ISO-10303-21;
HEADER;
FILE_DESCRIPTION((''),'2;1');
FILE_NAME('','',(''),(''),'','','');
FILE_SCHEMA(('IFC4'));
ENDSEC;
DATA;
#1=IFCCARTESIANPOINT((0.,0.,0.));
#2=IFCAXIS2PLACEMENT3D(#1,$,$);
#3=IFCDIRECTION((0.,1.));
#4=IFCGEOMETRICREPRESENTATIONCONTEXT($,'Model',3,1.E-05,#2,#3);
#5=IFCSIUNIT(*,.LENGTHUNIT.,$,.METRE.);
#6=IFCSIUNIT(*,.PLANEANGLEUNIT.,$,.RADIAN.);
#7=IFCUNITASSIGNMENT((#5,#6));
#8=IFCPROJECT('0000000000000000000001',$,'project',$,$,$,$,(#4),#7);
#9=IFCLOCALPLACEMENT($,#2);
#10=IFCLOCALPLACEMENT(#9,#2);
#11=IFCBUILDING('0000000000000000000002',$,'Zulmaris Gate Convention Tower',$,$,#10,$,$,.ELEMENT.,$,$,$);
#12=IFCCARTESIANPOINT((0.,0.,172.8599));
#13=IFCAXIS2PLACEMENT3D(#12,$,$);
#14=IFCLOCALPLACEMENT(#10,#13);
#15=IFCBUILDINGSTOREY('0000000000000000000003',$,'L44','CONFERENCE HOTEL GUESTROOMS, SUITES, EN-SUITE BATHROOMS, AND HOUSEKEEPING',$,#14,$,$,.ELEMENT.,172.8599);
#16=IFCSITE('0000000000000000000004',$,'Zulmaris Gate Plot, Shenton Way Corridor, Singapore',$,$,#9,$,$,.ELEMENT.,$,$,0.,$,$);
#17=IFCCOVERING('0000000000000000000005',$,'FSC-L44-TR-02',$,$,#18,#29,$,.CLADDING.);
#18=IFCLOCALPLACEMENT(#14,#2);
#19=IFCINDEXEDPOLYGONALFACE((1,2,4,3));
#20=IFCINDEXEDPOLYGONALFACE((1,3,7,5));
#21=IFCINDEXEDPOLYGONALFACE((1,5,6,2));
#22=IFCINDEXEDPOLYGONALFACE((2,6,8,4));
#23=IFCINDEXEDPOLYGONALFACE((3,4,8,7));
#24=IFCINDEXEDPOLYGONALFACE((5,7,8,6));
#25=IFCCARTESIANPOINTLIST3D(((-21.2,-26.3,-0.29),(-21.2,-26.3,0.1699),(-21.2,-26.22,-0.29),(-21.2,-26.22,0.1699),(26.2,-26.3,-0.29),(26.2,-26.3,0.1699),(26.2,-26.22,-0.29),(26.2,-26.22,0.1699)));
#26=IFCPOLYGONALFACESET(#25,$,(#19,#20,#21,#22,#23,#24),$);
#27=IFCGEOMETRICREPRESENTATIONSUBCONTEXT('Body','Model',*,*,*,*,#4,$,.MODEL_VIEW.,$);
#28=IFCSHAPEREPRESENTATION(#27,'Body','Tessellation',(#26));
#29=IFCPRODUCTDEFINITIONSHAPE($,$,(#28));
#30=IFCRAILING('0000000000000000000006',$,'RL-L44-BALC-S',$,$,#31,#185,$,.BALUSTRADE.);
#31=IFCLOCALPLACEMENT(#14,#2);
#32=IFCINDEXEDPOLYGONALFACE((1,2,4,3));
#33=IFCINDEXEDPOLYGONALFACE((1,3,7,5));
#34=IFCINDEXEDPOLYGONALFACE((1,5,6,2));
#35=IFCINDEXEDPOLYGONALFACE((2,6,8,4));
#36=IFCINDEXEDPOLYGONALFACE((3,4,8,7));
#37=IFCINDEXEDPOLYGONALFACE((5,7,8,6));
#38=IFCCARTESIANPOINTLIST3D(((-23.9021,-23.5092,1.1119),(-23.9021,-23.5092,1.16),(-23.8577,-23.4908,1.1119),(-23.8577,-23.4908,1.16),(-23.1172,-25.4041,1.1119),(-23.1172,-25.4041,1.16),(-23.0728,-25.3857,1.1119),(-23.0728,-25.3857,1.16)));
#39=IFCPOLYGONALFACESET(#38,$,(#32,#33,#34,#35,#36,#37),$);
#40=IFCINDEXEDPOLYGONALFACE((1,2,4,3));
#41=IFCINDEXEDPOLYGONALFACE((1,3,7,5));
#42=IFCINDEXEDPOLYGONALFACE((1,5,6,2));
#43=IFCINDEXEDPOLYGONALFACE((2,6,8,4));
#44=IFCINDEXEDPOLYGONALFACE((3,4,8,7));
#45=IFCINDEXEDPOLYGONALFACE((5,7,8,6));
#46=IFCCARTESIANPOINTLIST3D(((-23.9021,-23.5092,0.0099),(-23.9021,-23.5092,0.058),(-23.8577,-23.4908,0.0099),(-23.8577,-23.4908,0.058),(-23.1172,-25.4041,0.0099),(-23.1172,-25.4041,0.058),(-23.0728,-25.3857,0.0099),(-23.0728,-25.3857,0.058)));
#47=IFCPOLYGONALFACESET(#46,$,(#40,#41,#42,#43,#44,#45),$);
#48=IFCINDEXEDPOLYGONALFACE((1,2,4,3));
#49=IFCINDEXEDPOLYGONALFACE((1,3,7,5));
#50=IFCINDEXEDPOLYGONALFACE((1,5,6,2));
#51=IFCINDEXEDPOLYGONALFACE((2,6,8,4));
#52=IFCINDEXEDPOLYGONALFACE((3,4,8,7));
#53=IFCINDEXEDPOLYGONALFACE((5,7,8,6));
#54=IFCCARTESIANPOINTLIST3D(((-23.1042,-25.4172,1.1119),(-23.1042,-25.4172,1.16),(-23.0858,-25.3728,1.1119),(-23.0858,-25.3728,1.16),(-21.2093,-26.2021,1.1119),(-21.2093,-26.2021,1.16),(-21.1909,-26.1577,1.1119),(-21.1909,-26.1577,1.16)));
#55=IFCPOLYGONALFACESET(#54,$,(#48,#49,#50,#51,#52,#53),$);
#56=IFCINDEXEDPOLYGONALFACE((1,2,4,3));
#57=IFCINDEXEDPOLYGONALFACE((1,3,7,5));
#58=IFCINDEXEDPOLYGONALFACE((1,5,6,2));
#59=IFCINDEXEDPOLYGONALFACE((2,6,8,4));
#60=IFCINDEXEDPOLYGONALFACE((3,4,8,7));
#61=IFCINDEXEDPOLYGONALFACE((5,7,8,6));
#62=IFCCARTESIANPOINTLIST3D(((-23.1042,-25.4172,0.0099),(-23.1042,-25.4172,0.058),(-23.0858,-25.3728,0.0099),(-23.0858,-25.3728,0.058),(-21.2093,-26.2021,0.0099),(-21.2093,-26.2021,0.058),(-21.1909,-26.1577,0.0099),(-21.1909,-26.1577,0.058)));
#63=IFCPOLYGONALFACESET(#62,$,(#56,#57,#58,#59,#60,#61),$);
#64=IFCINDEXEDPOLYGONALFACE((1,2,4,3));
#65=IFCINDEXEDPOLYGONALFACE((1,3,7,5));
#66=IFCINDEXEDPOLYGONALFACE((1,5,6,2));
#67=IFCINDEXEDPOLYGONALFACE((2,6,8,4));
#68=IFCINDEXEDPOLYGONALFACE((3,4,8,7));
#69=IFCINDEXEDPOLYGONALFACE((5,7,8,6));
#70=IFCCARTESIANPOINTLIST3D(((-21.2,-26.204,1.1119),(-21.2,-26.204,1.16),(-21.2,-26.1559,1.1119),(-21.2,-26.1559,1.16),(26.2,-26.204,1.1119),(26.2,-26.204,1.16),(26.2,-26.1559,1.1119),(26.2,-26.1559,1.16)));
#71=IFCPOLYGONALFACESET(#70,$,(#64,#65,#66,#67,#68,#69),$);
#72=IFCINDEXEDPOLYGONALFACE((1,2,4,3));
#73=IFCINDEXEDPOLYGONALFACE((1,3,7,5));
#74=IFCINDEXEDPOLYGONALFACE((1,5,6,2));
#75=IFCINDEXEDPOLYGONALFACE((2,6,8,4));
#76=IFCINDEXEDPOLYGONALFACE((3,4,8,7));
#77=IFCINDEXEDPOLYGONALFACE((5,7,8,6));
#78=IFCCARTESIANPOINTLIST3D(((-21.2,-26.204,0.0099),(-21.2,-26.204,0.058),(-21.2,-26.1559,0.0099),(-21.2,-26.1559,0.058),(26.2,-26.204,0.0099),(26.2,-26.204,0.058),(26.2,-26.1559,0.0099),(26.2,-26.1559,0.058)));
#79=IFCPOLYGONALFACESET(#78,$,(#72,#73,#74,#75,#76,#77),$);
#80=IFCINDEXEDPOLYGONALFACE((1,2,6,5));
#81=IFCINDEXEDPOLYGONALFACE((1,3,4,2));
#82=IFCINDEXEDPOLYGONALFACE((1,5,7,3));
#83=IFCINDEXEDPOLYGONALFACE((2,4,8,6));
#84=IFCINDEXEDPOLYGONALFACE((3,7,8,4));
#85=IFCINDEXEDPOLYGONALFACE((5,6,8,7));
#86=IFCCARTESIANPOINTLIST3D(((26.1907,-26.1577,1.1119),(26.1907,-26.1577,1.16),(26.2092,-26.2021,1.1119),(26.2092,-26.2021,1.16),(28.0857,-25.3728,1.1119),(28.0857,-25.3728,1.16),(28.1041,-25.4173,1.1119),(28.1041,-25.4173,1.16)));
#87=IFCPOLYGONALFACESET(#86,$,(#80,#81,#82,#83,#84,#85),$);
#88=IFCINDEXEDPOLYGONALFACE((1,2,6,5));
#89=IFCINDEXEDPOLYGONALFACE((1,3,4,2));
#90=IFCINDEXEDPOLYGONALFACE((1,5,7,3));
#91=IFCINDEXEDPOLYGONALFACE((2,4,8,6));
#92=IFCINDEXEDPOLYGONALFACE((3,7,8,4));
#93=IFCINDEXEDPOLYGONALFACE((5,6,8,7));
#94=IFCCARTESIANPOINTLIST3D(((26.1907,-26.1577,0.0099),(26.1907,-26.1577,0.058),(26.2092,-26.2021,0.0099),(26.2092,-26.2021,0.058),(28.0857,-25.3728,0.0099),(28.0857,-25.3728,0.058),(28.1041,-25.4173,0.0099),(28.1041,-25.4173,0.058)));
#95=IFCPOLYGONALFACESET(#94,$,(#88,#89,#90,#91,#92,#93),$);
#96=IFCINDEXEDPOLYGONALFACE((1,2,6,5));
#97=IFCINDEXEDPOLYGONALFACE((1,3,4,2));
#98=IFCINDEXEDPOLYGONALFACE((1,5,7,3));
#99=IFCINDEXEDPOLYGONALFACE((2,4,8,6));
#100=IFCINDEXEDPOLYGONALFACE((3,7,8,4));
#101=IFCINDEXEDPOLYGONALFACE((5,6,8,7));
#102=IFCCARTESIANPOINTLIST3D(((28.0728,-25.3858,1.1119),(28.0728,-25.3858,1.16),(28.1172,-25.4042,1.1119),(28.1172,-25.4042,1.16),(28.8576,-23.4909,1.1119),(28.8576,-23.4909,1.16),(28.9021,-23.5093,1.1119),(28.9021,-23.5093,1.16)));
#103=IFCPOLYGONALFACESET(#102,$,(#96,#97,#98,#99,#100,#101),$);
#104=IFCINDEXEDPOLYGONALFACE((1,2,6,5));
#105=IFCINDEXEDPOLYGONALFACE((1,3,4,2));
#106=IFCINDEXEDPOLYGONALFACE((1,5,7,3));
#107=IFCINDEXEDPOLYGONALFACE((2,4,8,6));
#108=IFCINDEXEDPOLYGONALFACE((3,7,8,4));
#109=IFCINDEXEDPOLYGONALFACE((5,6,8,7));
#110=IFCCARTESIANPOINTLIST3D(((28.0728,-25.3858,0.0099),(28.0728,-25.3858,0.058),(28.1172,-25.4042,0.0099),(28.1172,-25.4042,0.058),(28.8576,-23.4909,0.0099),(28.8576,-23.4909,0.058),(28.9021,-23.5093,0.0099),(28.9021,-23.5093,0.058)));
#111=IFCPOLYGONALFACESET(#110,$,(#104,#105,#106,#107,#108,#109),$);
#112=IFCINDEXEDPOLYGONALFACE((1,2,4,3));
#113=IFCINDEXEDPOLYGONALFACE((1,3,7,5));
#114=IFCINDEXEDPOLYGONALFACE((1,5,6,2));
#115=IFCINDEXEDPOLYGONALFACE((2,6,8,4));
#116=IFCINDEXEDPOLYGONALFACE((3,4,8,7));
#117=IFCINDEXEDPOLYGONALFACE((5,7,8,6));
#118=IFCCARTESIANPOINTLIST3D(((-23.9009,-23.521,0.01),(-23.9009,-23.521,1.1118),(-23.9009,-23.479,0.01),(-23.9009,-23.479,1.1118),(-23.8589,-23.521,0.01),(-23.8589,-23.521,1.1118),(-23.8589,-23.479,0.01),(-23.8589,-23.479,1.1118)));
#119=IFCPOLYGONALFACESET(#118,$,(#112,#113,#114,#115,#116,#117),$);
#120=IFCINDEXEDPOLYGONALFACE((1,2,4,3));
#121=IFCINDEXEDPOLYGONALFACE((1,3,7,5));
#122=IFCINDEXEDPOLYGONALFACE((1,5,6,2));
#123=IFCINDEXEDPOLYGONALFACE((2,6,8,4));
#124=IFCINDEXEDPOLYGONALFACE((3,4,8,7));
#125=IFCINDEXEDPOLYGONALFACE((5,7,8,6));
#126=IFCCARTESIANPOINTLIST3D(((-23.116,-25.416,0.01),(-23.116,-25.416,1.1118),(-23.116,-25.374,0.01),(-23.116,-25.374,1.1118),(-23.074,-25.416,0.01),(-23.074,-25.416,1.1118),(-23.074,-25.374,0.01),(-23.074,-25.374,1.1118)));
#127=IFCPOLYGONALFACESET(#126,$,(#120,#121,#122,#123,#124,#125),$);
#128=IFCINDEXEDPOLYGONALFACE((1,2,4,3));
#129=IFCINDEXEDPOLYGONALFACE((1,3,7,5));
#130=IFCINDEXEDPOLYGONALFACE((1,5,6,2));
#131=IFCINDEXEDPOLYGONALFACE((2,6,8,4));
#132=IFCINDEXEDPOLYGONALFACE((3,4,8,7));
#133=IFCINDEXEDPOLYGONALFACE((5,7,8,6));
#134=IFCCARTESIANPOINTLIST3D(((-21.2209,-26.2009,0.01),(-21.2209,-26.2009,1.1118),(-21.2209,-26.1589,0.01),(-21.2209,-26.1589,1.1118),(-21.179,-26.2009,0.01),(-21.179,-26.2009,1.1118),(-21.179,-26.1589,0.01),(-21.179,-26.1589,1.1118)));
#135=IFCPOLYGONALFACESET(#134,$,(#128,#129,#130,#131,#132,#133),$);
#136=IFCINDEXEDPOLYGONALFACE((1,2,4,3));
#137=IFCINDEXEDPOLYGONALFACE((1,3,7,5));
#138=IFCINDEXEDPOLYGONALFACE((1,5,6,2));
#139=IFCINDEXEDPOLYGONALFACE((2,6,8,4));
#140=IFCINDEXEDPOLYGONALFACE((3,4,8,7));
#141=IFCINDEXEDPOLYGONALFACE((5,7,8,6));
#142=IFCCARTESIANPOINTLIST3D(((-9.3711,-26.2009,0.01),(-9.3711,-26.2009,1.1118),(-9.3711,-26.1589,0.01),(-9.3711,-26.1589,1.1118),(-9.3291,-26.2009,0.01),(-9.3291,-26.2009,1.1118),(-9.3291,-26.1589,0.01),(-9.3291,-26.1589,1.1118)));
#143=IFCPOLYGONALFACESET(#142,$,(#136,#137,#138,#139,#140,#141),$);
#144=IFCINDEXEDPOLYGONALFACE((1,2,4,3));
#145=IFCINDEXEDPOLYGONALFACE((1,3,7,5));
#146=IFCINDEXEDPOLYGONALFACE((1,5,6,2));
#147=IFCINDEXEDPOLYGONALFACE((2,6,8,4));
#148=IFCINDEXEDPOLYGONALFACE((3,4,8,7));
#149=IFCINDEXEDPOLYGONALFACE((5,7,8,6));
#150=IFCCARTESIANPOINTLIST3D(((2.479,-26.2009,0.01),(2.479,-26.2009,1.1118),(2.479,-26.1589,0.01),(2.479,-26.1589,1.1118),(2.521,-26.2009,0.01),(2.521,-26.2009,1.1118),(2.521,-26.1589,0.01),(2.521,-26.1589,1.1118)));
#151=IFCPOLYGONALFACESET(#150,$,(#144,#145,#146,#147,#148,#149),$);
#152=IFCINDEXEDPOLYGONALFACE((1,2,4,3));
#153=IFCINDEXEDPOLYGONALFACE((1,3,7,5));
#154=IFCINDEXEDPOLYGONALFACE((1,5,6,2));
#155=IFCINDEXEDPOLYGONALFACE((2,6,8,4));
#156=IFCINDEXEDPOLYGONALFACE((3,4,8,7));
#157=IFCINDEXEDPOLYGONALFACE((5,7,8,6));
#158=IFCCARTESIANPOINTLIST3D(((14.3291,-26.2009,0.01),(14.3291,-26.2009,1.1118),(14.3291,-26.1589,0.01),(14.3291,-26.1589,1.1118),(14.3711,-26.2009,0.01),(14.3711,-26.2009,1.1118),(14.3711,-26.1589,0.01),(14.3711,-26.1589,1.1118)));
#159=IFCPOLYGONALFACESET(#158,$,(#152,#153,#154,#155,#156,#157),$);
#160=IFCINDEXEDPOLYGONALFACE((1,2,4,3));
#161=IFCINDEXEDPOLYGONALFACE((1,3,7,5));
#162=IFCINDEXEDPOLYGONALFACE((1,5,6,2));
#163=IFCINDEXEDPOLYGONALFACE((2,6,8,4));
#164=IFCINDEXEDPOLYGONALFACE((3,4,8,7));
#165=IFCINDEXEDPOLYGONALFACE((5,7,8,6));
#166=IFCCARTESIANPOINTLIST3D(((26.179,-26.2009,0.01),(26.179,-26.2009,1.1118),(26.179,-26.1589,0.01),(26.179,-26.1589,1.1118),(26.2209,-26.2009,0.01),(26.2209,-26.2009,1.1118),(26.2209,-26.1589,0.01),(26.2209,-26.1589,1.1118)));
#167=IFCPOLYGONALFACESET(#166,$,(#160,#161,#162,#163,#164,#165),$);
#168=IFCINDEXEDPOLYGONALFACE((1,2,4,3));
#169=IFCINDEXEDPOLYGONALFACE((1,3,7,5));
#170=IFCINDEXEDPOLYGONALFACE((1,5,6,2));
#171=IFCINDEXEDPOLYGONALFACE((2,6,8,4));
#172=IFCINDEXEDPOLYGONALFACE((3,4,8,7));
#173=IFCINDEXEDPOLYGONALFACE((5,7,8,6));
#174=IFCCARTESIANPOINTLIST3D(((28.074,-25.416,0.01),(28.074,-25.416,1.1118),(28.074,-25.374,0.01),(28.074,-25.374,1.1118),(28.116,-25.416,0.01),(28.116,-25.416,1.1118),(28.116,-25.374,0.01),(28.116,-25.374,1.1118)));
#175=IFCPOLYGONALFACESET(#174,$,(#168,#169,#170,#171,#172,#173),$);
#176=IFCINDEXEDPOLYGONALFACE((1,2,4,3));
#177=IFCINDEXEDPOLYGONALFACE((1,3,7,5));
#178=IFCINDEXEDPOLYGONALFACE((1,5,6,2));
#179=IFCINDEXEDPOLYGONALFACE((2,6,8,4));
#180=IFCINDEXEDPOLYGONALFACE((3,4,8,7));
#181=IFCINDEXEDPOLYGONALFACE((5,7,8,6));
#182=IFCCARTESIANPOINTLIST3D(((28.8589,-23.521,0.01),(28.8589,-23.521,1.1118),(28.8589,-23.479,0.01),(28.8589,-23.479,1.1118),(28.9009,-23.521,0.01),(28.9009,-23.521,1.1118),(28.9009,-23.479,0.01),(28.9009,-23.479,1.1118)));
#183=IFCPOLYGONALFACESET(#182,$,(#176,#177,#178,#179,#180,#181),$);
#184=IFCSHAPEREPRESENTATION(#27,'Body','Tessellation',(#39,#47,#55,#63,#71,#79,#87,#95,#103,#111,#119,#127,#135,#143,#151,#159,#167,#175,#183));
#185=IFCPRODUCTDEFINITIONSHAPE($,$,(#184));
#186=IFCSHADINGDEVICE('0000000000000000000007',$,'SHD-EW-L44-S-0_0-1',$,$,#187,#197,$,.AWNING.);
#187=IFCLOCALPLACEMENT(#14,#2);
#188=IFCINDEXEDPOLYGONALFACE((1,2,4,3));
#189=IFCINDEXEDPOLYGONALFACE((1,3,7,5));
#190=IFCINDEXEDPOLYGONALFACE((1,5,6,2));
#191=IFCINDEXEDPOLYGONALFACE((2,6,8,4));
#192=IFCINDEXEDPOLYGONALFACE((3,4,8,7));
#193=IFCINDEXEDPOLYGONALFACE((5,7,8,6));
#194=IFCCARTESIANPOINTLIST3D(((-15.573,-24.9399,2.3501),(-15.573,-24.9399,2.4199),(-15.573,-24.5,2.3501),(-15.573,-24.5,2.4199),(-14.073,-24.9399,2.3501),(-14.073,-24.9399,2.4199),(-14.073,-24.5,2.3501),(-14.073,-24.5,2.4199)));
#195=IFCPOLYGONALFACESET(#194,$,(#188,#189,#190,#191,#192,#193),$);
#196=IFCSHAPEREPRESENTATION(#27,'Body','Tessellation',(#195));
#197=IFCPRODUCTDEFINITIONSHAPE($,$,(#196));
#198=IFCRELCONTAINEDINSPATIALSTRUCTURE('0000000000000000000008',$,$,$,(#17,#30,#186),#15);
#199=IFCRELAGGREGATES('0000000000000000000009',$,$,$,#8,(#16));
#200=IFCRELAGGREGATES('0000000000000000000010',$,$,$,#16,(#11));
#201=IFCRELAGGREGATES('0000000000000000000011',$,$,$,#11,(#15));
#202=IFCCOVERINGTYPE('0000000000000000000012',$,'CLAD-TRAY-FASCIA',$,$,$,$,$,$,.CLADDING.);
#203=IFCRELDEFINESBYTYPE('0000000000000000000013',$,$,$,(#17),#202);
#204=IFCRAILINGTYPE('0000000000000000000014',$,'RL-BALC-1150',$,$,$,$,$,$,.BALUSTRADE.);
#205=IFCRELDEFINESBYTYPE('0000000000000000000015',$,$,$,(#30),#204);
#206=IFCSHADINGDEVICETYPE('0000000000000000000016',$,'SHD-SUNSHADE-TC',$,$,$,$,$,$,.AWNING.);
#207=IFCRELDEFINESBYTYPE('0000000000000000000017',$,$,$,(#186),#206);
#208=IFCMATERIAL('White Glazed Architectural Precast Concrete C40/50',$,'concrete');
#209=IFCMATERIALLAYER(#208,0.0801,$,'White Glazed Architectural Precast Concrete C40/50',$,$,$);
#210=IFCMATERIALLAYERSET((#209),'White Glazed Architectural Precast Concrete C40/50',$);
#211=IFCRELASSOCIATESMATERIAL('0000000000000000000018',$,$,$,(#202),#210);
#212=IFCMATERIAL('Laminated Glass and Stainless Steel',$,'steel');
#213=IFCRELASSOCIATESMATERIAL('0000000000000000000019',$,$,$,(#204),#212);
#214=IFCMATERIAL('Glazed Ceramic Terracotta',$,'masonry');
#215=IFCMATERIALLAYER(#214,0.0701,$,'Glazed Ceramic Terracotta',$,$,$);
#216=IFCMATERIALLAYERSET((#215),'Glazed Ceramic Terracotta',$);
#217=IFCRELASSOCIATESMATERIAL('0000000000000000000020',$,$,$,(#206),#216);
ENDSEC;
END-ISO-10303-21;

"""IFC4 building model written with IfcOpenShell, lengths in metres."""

from ifc_helpers import new_model, si_unit, direction, frame, frame_2d, origin, origin_2d, place, context, subcontext, project, spatial, rectangle, extrude, material, layer, layer_set, type_object, element, save


model = new_model("IFC4")

# Units and contexts
model_context = context("Model", 3, precision=1e-05, world=origin(), true_north=direction((0.0, 1.0)))
body_context = subcontext(model_context, "Body", "Model", "MODEL_VIEW")
ifc_project = project(units=[si_unit("LENGTHUNIT", "METRE"), si_unit("PLANEANGLEUNIT", "RADIAN")], contexts=[model_context])

# Site, building, storey
site_placement = place(None, origin())
site = spatial("IfcSite", under=ifc_project, at=site_placement, Name="Zulmaris Gate Plot, Shenton Way Corridor, Singapore", CompositionType="ELEMENT", RefElevation=0.0)
building_placement = place(site_placement, origin())
building = spatial("IfcBuilding", under=site, at=building_placement, Name="Zulmaris Gate Convention Tower", CompositionType="ELEMENT")
storey_placement = place(building_placement, frame((0.0, 0.0, 172.8599)))
storey = spatial("IfcBuildingStorey", under=building, at=storey_placement, Name="L44", Description="CONFERENCE HOTEL GUESTROOMS, SUITES, EN-SUITE BATHROOMS, AND HOUSEKEEPING", CompositionType="ELEMENT", Elevation=172.8599)

# Covering
ifc_material_1 = material(Name="White Glazed Architectural Precast Concrete C40/50", Category="concrete")
ifc_layer_1 = layer(ifc_material_1, 0.0801, Name="White Glazed Architectural Precast Concrete C40/50")
ifc_layer_set_1 = layer_set([ifc_layer_1], Name="White Glazed Architectural Precast Concrete C40/50")
covering_type_1 = type_object("IfcCoveringType", Name="CLAD-TRAY-FASCIA", PredefinedType="CLADDING", material=ifc_layer_set_1)
covering_1_placement = place(storey_placement, frame((-21.2, -26.26, -0.29), z_axis=(0.0, 0.0, 1.0), x_axis=(1.0, 0.0, 0.0)))
element("IfcCovering", 1, at=covering_1_placement, inside=storey, type_object=covering_type_1, Name="FSC-L44-TR-02", PredefinedType="CLADDING", context=body_context, shape_type="SweptSolid", body=[
    extrude(rectangle(XDim=47.3999, YDim=0.0801, at=frame_2d((23.7, 0.0))), origin(), (0.0, 0.0, 1.0), 0.46),
])

# Railing
ifc_material_2 = material(Name="Laminated Glass and Stainless Steel", Category="steel")
railing_type = type_object("IfcRailingType", Name="RL-BALC-1150", PredefinedType="BALUSTRADE", material=ifc_material_2)
railing_placement = place(storey_placement, frame((-23.8799, -23.5, 0.01)))
element("IfcRailing", 2, at=railing_placement, inside=storey, type_object=railing_type, Name="RL-L44-BALC-S", PredefinedType="BALUSTRADE", context=body_context, shape_type="SweptSolid", body=[
    extrude(rectangle(XDim=0.0481, YDim=0.0481, at=origin_2d()), frame((0.0, 0.0, 1.126), z_axis=(0.382671, -0.923885, 0.0), x_axis=(0.923885, 0.382671, 0.0)), (0.0, 0.0, 1.0), 2.051),
    extrude(rectangle(XDim=0.0481, YDim=0.0481, at=origin_2d()), frame((0.0, 0.0, 0.0239), z_axis=(0.382671, -0.923885, 0.0), x_axis=(0.923885, 0.382671, 0.0)), (0.0, 0.0, 1.0), 2.051),
    extrude(rectangle(XDim=0.0481, YDim=0.0481, at=origin_2d()), frame((0.7849, -1.895, 1.126), z_axis=(0.923885, -0.382671, 0.0), x_axis=(0.382671, 0.923885, 0.0)), (0.0, 0.0, 1.0), 2.051),
    extrude(rectangle(XDim=0.0481, YDim=0.0481, at=origin_2d()), frame((0.7849, -1.895, 0.0239), z_axis=(0.923885, -0.382671, 0.0), x_axis=(0.382671, 0.923885, 0.0)), (0.0, 0.0, 1.0), 2.051),
    extrude(rectangle(XDim=0.0481, YDim=0.0481, at=origin_2d()), frame((2.6799, -2.6799, 1.126), z_axis=(1.0, 0.0, 0.0), x_axis=(0.0, 1.0, 0.0)), (0.0, 0.0, 1.0), 47.3999),
    extrude(rectangle(XDim=0.0481, YDim=0.0481, at=origin_2d()), frame((2.6799, -2.6799, 0.0239), z_axis=(1.0, 0.0, 0.0), x_axis=(0.0, 1.0, 0.0)), (0.0, 0.0, 1.0), 47.3999),
    extrude(rectangle(XDim=0.0481, YDim=0.0481, at=origin_2d()), frame((50.0798, -2.6799, 1.126), z_axis=(0.923885, 0.382671, 0.0), x_axis=(-0.382671, 0.923885, 0.0)), (0.0, 0.0, 1.0), 2.051),
    extrude(rectangle(XDim=0.0481, YDim=0.0481, at=origin_2d()), frame((50.0798, -2.6799, 0.0239), z_axis=(0.923885, 0.382671, 0.0), x_axis=(-0.382671, 0.923885, 0.0)), (0.0, 0.0, 1.0), 2.051),
    extrude(rectangle(XDim=0.0481, YDim=0.0481, at=origin_2d()), frame((51.9749, -1.895, 1.126), z_axis=(0.382671, 0.923885, 0.0), x_axis=(-0.923885, 0.382671, 0.0)), (0.0, 0.0, 1.0), 2.051),
    extrude(rectangle(XDim=0.0481, YDim=0.0481, at=origin_2d()), frame((51.9749, -1.895, 0.0239), z_axis=(0.382671, 0.923885, 0.0), x_axis=(-0.923885, 0.382671, 0.0)), (0.0, 0.0, 1.0), 2.051),
    extrude(rectangle(XDim=0.042, YDim=0.042, at=origin_2d()), origin(), (0.0, 0.0, 1.0), 1.1018),
    extrude(rectangle(XDim=0.042, YDim=0.042, at=origin_2d()), frame((0.7849, -1.895, 0.0)), (0.0, 0.0, 1.0), 1.1018),
    extrude(rectangle(XDim=0.042, YDim=0.042, at=origin_2d()), frame((2.6799, -2.6799, 0.0)), (0.0, 0.0, 1.0), 1.1018),
    extrude(rectangle(XDim=0.042, YDim=0.042, at=origin_2d()), frame((14.5298, -2.6799, 0.0)), (0.0, 0.0, 1.0), 1.1018),
    extrude(rectangle(XDim=0.042, YDim=0.042, at=origin_2d()), frame((26.3799, -2.6799, 0.0)), (0.0, 0.0, 1.0), 1.1018),
    extrude(rectangle(XDim=0.042, YDim=0.042, at=origin_2d()), frame((38.23, -2.6799, 0.0)), (0.0, 0.0, 1.0), 1.1018),
    extrude(rectangle(XDim=0.042, YDim=0.042, at=origin_2d()), frame((50.0798, -2.6799, 0.0)), (0.0, 0.0, 1.0), 1.1018),
    extrude(rectangle(XDim=0.042, YDim=0.042, at=origin_2d()), frame((51.9749, -1.895, 0.0)), (0.0, 0.0, 1.0), 1.1018),
    extrude(rectangle(XDim=0.042, YDim=0.042, at=origin_2d()), frame((52.7598, 0.0, 0.0)), (0.0, 0.0, 1.0), 1.1018),
])

# Shading device
ifc_material_3 = material(Name="Glazed Ceramic Terracotta", Category="masonry")
ifc_layer_2 = layer(ifc_material_3, 0.0701, Name="Glazed Ceramic Terracotta")
ifc_layer_set_2 = layer_set([ifc_layer_2], Name="Glazed Ceramic Terracotta")
shading_device_type = type_object("IfcShadingDeviceType", Name="SHD-SUNSHADE-TC", PredefinedType="AWNING", material=ifc_layer_set_2)
shading_device_placement = place(storey_placement, frame((-15.573, -24.72, 2.3501), z_axis=(0.0, 0.0, 1.0), x_axis=(1.0, 0.0, 0.0)))
element("IfcShadingDevice", 3, at=shading_device_placement, inside=storey, type_object=shading_device_type, Name="SHD-EW-L44-S-0_0-1", PredefinedType="AWNING", context=body_context, shape_type="SweptSolid", body=[
    extrude(rectangle(XDim=1.5, YDim=0.4399, at=frame_2d((0.75, 0.0))), origin(), (0.0, 0.0, 1.0), 0.0698),
])

save(model, "model.ifc")
